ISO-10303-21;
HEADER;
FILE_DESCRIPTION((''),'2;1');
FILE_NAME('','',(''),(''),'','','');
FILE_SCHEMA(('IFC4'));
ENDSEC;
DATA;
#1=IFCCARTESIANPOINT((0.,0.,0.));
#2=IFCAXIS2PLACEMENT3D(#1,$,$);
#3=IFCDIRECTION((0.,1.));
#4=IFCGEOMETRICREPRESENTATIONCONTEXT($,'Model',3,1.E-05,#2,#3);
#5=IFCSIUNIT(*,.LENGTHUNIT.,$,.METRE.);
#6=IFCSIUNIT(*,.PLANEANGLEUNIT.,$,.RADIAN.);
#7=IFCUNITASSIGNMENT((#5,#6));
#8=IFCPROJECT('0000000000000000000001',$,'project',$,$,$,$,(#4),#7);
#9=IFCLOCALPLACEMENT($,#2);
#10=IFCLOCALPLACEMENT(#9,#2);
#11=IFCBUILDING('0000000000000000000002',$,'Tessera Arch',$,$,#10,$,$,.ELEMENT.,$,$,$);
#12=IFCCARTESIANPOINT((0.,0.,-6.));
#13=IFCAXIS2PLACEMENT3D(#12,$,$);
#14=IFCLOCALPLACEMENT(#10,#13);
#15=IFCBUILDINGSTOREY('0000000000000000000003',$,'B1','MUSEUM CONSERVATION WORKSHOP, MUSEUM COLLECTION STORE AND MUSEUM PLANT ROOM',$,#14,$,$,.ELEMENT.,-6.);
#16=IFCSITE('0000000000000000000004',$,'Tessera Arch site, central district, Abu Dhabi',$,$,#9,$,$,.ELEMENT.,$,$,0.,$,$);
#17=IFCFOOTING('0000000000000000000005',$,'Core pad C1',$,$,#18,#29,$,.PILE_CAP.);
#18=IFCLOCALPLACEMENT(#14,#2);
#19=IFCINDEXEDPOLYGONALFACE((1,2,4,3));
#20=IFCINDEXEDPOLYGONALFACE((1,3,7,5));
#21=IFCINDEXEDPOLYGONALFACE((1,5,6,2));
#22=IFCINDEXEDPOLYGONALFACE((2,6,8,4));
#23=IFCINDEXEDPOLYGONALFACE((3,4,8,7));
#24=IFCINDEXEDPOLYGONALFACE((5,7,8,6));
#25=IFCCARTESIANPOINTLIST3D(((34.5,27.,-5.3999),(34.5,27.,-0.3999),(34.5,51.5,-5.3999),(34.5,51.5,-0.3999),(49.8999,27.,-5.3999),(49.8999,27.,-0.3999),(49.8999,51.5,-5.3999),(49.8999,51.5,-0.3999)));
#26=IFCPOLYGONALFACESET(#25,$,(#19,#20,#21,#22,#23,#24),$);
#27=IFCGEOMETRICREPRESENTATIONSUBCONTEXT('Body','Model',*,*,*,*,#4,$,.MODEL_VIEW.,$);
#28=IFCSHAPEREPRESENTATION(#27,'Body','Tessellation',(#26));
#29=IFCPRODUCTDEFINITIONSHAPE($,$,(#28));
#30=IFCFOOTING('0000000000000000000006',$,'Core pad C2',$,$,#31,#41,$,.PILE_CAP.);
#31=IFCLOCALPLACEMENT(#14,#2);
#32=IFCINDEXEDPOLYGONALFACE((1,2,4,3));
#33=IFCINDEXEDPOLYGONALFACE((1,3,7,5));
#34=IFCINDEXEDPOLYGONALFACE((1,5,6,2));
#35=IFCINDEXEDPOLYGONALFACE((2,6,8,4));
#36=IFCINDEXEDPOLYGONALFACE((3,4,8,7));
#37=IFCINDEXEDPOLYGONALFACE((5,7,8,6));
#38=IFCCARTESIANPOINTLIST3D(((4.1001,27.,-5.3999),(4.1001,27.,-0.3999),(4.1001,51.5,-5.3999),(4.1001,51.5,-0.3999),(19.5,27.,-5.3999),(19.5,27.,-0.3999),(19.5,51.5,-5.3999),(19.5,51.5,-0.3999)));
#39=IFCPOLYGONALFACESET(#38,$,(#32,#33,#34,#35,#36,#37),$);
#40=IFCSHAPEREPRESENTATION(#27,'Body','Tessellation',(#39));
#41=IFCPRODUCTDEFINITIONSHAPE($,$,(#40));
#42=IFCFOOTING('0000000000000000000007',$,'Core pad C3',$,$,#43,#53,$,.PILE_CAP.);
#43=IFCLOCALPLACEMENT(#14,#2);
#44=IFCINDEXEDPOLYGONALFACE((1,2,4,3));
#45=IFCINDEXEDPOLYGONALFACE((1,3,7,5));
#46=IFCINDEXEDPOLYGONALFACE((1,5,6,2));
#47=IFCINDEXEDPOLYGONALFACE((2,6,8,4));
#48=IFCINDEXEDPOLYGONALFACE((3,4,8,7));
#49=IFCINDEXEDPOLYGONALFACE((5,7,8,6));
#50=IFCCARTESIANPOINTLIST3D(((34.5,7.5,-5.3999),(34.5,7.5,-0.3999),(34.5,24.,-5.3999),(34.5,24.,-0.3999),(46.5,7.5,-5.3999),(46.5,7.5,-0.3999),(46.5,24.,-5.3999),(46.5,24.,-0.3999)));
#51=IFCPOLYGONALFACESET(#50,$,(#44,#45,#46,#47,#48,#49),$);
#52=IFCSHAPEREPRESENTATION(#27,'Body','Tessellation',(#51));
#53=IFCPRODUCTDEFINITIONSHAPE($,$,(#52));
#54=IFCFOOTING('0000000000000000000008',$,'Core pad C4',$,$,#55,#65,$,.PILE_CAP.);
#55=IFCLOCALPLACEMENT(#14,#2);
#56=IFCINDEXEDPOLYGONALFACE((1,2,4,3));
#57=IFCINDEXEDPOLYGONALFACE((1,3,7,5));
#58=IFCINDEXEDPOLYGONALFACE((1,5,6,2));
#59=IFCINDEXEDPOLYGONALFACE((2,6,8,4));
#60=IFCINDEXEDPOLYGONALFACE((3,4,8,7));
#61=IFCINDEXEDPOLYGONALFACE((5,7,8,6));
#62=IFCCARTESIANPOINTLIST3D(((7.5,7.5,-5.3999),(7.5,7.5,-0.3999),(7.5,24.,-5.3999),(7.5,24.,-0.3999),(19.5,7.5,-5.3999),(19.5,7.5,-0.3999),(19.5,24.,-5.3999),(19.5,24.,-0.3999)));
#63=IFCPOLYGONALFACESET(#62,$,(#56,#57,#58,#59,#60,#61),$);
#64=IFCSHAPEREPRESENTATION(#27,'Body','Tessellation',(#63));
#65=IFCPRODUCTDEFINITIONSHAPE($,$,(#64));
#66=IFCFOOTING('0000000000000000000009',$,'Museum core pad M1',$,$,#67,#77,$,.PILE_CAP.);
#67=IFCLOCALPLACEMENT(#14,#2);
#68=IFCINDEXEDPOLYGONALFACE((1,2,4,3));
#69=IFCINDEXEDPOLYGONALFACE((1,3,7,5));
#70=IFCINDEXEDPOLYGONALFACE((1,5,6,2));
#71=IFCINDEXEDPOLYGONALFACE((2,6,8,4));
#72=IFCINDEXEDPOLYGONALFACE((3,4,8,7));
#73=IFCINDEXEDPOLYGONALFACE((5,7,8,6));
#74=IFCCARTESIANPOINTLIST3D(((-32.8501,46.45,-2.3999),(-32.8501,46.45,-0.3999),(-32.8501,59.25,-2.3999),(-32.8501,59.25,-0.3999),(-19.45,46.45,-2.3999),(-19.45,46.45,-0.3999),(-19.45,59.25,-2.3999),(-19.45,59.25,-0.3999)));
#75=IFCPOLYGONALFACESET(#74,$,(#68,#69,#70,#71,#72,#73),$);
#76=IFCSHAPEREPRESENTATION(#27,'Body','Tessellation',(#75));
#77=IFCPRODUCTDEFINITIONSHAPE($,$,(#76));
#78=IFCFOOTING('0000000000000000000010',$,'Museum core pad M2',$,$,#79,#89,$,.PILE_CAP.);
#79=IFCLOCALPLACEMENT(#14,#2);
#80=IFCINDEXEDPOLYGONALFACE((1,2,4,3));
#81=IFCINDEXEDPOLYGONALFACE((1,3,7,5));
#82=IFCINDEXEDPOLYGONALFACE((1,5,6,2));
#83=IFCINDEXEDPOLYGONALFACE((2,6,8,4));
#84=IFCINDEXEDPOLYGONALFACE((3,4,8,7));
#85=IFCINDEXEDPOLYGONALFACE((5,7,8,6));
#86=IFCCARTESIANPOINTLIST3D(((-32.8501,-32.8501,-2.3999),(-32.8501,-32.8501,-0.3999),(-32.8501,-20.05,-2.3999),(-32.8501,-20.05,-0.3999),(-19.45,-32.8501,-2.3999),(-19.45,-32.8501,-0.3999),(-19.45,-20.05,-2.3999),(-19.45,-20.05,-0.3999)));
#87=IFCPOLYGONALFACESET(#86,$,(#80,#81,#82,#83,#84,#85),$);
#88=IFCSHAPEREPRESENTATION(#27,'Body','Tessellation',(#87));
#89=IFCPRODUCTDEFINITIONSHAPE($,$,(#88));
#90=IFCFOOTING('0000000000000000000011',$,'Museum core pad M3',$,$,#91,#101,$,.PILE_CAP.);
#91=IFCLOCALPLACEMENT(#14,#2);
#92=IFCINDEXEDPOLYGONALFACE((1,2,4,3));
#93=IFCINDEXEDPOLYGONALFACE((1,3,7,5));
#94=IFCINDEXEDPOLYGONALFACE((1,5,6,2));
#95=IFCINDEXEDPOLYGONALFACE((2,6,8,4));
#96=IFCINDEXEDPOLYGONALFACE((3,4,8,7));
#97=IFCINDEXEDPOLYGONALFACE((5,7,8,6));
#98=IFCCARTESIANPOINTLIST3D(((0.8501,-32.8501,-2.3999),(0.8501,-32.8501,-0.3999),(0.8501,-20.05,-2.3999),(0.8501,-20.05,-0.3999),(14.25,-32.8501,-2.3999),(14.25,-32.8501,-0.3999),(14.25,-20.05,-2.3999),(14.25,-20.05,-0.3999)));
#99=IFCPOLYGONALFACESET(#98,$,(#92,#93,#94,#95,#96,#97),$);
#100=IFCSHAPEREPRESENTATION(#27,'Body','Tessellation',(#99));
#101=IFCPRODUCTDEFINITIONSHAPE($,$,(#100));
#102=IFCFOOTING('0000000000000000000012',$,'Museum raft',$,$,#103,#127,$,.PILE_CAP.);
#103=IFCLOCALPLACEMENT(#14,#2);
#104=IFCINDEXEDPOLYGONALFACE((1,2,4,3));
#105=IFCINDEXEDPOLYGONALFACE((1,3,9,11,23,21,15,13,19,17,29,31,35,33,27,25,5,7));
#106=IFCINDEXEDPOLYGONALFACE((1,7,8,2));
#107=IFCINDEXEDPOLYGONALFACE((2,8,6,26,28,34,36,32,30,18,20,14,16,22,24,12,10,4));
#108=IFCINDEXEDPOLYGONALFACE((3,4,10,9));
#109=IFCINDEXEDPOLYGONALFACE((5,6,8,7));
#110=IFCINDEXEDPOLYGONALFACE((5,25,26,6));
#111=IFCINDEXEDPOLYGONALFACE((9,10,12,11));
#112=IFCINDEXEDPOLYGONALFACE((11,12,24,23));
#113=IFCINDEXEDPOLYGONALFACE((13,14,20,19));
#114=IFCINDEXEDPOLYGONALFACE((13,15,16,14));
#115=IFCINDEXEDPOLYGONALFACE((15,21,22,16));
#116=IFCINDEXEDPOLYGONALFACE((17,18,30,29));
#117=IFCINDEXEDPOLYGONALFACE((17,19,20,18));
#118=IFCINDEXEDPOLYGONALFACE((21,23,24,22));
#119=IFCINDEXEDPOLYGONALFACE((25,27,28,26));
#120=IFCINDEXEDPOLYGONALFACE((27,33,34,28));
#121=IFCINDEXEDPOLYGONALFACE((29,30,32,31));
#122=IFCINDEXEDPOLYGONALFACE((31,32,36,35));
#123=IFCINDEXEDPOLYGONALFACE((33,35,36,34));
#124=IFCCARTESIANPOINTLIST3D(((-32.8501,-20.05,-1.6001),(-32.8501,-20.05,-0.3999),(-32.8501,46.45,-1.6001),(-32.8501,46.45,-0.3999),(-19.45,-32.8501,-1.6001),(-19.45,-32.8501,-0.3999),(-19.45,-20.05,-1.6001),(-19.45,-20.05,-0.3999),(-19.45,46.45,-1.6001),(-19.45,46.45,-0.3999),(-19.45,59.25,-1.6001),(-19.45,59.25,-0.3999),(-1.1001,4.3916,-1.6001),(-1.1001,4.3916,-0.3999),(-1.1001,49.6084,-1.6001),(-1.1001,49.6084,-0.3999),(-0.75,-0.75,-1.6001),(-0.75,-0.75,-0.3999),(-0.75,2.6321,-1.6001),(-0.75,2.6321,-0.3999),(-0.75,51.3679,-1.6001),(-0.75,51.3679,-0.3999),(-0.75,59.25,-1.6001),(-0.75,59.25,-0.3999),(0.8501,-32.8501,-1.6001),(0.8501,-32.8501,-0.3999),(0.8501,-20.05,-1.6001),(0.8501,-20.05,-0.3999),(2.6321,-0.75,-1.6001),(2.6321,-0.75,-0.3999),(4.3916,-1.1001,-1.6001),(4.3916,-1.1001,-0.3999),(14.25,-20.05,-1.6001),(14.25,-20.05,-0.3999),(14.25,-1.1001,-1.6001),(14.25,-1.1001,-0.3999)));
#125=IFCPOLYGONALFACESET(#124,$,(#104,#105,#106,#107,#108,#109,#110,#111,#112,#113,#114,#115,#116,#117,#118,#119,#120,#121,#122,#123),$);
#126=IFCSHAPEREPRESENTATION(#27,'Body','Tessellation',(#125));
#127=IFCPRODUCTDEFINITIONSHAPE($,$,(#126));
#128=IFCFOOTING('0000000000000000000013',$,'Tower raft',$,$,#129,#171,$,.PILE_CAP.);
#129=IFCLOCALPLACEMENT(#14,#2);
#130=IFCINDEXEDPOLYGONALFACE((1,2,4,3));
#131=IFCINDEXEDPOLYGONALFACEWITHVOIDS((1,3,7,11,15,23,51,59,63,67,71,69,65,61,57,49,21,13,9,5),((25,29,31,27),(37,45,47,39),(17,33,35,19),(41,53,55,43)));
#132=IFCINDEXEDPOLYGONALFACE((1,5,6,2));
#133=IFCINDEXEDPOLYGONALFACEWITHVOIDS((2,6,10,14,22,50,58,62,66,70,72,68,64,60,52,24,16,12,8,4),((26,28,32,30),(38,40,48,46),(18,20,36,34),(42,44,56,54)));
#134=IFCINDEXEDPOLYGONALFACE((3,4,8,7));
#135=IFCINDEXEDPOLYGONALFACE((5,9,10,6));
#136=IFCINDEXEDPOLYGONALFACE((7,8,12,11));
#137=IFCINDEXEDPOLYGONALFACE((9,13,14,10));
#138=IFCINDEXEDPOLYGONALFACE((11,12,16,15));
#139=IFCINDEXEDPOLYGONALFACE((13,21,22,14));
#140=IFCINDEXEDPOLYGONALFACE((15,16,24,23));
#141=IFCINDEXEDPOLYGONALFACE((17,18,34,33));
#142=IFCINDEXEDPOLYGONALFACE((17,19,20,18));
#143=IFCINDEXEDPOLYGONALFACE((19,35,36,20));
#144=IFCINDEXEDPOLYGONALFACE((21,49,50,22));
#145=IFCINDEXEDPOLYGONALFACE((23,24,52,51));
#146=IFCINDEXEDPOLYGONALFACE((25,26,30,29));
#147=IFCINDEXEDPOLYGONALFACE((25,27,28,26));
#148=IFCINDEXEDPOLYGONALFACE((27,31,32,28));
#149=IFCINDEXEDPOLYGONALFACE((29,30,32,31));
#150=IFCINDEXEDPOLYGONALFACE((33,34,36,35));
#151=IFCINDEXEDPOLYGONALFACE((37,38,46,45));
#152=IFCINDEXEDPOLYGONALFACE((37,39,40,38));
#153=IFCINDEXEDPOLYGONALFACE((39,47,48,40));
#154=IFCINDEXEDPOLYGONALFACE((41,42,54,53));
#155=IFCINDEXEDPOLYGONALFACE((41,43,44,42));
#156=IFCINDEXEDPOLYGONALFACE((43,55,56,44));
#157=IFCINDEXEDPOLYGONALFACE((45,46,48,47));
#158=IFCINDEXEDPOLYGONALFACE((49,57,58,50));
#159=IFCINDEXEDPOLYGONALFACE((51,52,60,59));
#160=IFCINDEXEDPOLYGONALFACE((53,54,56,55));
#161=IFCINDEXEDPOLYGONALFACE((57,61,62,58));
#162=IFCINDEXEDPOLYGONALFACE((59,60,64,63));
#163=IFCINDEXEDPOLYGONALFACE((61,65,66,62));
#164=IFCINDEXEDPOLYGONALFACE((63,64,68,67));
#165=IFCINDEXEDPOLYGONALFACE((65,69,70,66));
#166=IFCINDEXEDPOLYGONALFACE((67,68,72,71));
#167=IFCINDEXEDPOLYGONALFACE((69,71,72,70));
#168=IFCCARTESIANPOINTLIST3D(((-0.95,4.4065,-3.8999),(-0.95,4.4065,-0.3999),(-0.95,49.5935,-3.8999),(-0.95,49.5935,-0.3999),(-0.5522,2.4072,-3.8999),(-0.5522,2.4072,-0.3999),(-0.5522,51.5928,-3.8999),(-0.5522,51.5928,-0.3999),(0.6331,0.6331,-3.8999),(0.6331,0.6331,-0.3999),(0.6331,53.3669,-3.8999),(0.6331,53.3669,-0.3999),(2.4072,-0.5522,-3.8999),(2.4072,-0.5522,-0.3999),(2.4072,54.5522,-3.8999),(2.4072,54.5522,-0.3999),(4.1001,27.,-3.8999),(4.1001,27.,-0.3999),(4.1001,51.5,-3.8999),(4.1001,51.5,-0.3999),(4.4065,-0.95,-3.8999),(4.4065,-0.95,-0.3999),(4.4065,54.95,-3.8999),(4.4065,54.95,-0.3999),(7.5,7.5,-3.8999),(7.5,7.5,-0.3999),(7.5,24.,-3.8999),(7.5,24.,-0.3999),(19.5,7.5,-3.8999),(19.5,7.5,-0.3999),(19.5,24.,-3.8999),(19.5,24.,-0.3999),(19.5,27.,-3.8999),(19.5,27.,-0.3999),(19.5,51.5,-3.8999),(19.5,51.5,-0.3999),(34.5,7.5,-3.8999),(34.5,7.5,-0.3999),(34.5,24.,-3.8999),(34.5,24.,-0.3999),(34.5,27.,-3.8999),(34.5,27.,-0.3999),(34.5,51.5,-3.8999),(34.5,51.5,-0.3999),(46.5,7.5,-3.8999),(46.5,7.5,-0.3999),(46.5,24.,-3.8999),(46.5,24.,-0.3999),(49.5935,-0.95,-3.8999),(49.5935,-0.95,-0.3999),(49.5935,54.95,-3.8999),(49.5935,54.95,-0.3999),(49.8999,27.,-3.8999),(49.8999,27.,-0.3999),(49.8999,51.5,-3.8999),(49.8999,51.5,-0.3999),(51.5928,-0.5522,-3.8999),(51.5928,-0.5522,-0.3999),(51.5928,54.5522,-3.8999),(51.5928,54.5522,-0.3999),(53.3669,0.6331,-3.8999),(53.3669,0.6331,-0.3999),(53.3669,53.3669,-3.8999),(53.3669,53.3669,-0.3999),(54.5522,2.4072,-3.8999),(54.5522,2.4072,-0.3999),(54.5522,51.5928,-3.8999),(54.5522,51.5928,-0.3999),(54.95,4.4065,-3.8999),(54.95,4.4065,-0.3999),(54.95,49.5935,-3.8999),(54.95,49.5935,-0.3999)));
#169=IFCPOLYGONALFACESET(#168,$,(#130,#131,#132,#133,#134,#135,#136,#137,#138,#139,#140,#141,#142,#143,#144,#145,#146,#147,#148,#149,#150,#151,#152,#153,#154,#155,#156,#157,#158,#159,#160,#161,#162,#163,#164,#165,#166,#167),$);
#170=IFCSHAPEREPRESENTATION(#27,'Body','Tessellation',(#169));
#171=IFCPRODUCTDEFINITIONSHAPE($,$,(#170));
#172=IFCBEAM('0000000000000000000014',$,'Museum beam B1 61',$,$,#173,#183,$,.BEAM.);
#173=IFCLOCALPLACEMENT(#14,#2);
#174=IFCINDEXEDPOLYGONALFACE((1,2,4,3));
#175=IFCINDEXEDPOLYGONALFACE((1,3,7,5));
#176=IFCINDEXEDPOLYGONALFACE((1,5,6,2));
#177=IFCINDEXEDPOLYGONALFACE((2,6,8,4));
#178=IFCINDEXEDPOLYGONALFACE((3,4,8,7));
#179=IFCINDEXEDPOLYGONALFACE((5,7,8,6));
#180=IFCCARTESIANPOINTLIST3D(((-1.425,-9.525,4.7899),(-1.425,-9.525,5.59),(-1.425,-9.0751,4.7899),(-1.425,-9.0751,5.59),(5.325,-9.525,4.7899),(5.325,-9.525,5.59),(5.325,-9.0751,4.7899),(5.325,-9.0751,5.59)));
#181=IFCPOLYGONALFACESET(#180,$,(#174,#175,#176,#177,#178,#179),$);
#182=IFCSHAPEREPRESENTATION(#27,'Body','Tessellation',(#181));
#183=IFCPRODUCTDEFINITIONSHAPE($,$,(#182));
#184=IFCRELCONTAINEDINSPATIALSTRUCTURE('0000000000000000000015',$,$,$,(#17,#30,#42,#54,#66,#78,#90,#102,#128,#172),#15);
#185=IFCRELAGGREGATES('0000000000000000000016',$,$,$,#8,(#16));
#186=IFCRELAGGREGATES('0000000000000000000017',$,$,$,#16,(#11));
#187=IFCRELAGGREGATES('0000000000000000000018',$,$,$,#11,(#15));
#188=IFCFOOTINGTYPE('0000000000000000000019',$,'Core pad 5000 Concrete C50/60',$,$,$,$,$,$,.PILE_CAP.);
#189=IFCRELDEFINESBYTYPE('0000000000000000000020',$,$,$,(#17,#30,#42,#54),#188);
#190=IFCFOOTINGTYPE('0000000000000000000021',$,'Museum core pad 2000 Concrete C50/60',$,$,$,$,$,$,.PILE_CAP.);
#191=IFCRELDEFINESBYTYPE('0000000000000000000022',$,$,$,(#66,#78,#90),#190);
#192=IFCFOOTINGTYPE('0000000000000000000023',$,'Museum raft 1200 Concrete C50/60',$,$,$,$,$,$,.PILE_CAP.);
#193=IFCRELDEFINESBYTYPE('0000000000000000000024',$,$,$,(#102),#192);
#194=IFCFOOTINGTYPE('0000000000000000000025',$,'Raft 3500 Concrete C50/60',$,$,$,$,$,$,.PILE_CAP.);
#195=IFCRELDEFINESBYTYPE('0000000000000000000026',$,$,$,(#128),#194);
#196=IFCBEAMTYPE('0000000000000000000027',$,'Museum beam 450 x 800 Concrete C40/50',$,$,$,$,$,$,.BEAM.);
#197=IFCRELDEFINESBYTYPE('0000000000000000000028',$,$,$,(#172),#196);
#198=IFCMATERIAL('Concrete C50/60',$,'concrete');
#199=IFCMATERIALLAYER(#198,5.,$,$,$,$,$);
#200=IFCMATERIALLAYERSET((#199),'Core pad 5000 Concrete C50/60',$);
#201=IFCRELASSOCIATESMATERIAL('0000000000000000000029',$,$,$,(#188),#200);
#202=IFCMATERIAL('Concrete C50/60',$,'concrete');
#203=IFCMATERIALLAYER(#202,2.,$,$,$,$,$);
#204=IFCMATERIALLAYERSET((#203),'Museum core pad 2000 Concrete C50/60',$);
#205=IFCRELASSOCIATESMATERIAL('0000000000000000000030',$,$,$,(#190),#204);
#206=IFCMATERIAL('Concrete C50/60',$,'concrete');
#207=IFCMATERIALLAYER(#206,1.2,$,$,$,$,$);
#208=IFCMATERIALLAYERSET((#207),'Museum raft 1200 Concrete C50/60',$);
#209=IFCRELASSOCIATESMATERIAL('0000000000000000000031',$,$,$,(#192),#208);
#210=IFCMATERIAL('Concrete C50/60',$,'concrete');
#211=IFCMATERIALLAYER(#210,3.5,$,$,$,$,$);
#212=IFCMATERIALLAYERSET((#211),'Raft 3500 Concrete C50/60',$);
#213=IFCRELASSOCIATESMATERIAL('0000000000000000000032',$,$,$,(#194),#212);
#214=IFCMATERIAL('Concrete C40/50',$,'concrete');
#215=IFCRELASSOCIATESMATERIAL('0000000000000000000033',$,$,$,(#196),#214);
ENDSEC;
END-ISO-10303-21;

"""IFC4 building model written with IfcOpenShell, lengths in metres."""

from ifc_helpers import new_model, si_unit, direction, frame, origin, origin_2d, place, context, subcontext, project, spatial, polyline, rectangle, outline, extrude, material, layer, layer_set, material_profile, profile_set, type_object, element, save


model = new_model("IFC4")

# Units and contexts
model_context = context("Model", 3, precision=1e-05, world=origin(), true_north=direction((0.0, 1.0)))
body_context = subcontext(model_context, "Body", "Model", "MODEL_VIEW")
ifc_project = project(units=[si_unit("LENGTHUNIT", "METRE"), si_unit("PLANEANGLEUNIT", "RADIAN")], contexts=[model_context])

# Site, building, storey
site_placement = place(None, origin())
site = spatial("IfcSite", under=ifc_project, at=site_placement, Name="Tessera Arch site, central district, Abu Dhabi", CompositionType="ELEMENT", RefElevation=0.0)
building_placement = place(site_placement, origin())
building = spatial("IfcBuilding", under=site, at=building_placement, Name="Tessera Arch", CompositionType="ELEMENT")
storey_placement = place(building_placement, frame((0.0, 0.0, -6.0)))
storey = spatial("IfcBuildingStorey", under=building, at=storey_placement, Name="B1", Description="MUSEUM CONSERVATION WORKSHOP, MUSEUM COLLECTION STORE AND MUSEUM PLANT ROOM", CompositionType="ELEMENT", Elevation=-6.0)

# Footings
ifc_material_1 = material(Name="Concrete C50/60", Category="concrete")
ifc_layer_1 = layer(ifc_material_1, 5.0)
ifc_layer_set_1 = layer_set([ifc_layer_1], Name="Core pad 5000 Concrete C50/60")
footing_type_1 = type_object("IfcFootingType", Name="Core pad 5000 Concrete C50/60", PredefinedType="PILE_CAP", material=ifc_layer_set_1)
footing_1_placement = place(storey_placement, frame((0.0, 0.0, -5.3999)))
element("IfcFooting", 1, at=footing_1_placement, inside=storey, type_object=footing_type_1, Name="Core pad C1", PredefinedType="PILE_CAP", context=body_context, shape_type="SweptSolid", body=[
    extrude(outline(polyline([(34.5, 27.0), (34.5, 51.5), (49.8999, 51.5), (49.8999, 27.0), (34.5, 27.0)])), origin(), (0.0, 0.0, 1.0), 5.0),
])
footing_2_placement = place(storey_placement, frame((0.0, 0.0, -5.3999)))
element("IfcFooting", 2, at=footing_2_placement, inside=storey, type_object=footing_type_1, Name="Core pad C2", PredefinedType="PILE_CAP", context=body_context, shape_type="SweptSolid", body=[
    extrude(outline(polyline([(4.1001, 27.0), (4.1001, 51.5), (19.5, 51.5), (19.5, 27.0), (4.1001, 27.0)])), origin(), (0.0, 0.0, 1.0), 5.0),
])
footing_3_placement = place(storey_placement, frame((0.0, 0.0, -5.3999)))
element("IfcFooting", 3, at=footing_3_placement, inside=storey, type_object=footing_type_1, Name="Core pad C3", PredefinedType="PILE_CAP", context=body_context, shape_type="SweptSolid", body=[
    extrude(outline(polyline([(34.5, 7.5), (34.5, 24.0), (46.5, 24.0), (46.5, 7.5), (34.5, 7.5)])), origin(), (0.0, 0.0, 1.0), 5.0),
])
footing_4_placement = place(storey_placement, frame((0.0, 0.0, -5.3999)))
element("IfcFooting", 4, at=footing_4_placement, inside=storey, type_object=footing_type_1, Name="Core pad C4", PredefinedType="PILE_CAP", context=body_context, shape_type="SweptSolid", body=[
    extrude(outline(polyline([(7.5, 7.5), (7.5, 24.0), (19.5, 24.0), (19.5, 7.5), (7.5, 7.5)])), origin(), (0.0, 0.0, 1.0), 5.0),
])
ifc_material_2 = material(Name="Concrete C50/60", Category="concrete")
ifc_layer_2 = layer(ifc_material_2, 2.0)
ifc_layer_set_2 = layer_set([ifc_layer_2], Name="Museum core pad 2000 Concrete C50/60")
footing_type_2 = type_object("IfcFootingType", Name="Museum core pad 2000 Concrete C50/60", PredefinedType="PILE_CAP", material=ifc_layer_set_2)
footing_5_placement = place(storey_placement, frame((0.0, 0.0, -2.3999)))
element("IfcFooting", 5, at=footing_5_placement, inside=storey, type_object=footing_type_2, Name="Museum core pad M1", PredefinedType="PILE_CAP", context=body_context, shape_type="SweptSolid", body=[
    extrude(outline(polyline([(-32.8501, 46.45), (-32.8501, 59.25), (-19.45, 59.25), (-19.45, 46.45), (-32.8501, 46.45)])), origin(), (0.0, 0.0, 1.0), 2.0),
])
footing_6_placement = place(storey_placement, frame((0.0, 0.0, -2.3999)))
element("IfcFooting", 6, at=footing_6_placement, inside=storey, type_object=footing_type_2, Name="Museum core pad M2", PredefinedType="PILE_CAP", context=body_context, shape_type="SweptSolid", body=[
    extrude(outline(polyline([(-19.45, -20.05), (-19.45, -32.8501), (-32.8501, -32.8501), (-32.8501, -20.05), (-19.45, -20.05)])), origin(), (0.0, 0.0, 1.0), 2.0),
])
footing_7_placement = place(storey_placement, frame((0.0, 0.0, -2.3999)))
element("IfcFooting", 7, at=footing_7_placement, inside=storey, type_object=footing_type_2, Name="Museum core pad M3", PredefinedType="PILE_CAP", context=body_context, shape_type="SweptSolid", body=[
    extrude(outline(polyline([(0.8501, -20.05), (14.25, -20.05), (14.25, -32.8501), (0.8501, -32.8501), (0.8501, -20.05)])), origin(), (0.0, 0.0, 1.0), 2.0),
])
ifc_material_3 = material(Name="Concrete C50/60", Category="concrete")
ifc_layer_3 = layer(ifc_material_3, 1.2)
ifc_layer_set_3 = layer_set([ifc_layer_3], Name="Museum raft 1200 Concrete C50/60")
footing_type_3 = type_object("IfcFootingType", Name="Museum raft 1200 Concrete C50/60", PredefinedType="PILE_CAP", material=ifc_layer_set_3)
footing_8_placement = place(storey_placement, frame((0.0, 0.0, -1.6001)))
element("IfcFooting", 8, at=footing_8_placement, inside=storey, type_object=footing_type_3, Name="Museum raft", PredefinedType="PILE_CAP", context=body_context, shape_type="SweptSolid", body=[
    extrude(outline(polyline([(-0.75, 59.25), (-0.75, 51.3679), (-1.1001, 49.6084), (-1.1001, 4.3916), (-0.75, 2.6321), (-0.75, -0.75), (2.6321, -0.75), (4.3916, -1.1001), (14.25, -1.1001), (14.25, -20.05), (0.8501, -20.05), (0.8501, -32.8501), (-19.45, -32.8501), (-19.45, -20.05), (-32.8501, -20.05), (-32.8501, 46.45), (-19.45, 46.45), (-19.45, 59.25), (-0.75, 59.25)])), origin(), (0.0, 0.0, 1.0), 1.2002),
])
ifc_material_4 = material(Name="Concrete C50/60", Category="concrete")
ifc_layer_4 = layer(ifc_material_4, 3.5)
ifc_layer_set_4 = layer_set([ifc_layer_4], Name="Raft 3500 Concrete C50/60")
footing_type_4 = type_object("IfcFootingType", Name="Raft 3500 Concrete C50/60", PredefinedType="PILE_CAP", material=ifc_layer_set_4)
footing_9_placement = place(storey_placement, frame((0.0, 0.0, -3.8999)))
element("IfcFooting", 9, at=footing_9_placement, inside=storey, type_object=footing_type_4, Name="Tower raft", PredefinedType="PILE_CAP", context=body_context, shape_type="SweptSolid", body=[
    extrude(outline(polyline([(54.5522, 2.4072), (53.3669, 0.6331), (51.5928, -0.5522), (49.5935, -0.95), (4.4065, -0.95), (2.4072, -0.5522), (0.6331, 0.6331), (-0.5522, 2.4072), (-0.95, 4.4065), (-0.95, 49.5935), (-0.5522, 51.5928), (0.6331, 53.3669), (2.4072, 54.5522), (4.4065, 54.95), (49.5935, 54.95), (51.5928, 54.5522), (53.3669, 53.3669), (54.5522, 51.5928), (54.95, 49.5935), (54.95, 4.4065), (54.5522, 2.4072)]), holes=[polyline([(7.5, 24.0), (7.5, 7.5), (19.5, 7.5), (19.5, 24.0), (7.5, 24.0)]), polyline([(34.5, 24.0), (34.5, 7.5), (46.5, 7.5), (46.5, 24.0), (34.5, 24.0)]), polyline([(4.1001, 51.5), (4.1001, 27.0), (19.5, 27.0), (19.5, 51.5), (4.1001, 51.5)]), polyline([(34.5, 51.5), (34.5, 27.0), (49.8999, 27.0), (49.8999, 51.5), (34.5, 51.5)])]), origin(), (0.0, 0.0, 1.0), 3.5),
])

# Beam
ifc_material_5 = material(Name="Concrete C40/50", Category="concrete")
ifc_material_profile = material_profile(ifc_material_5, rectangle(XDim=0.45, YDim=0.8, at=origin_2d()), Name="Museum beam 450 x 800 Concrete C40/50")
ifc_profile_set = profile_set([ifc_material_profile], Name="Concrete C40/50")
beam_type = type_object("IfcBeamType", Name="Museum beam 450 x 800 Concrete C40/50", PredefinedType="BEAM", material=ifc_profile_set)
for number, where, z_axis, x_axis, name in (
    (10, (-1.425, -9.3, 5.1899), (1.0, 0.0, 0.0), (0.0, 1.0, 0.0), "Museum beam B1 61"),
):
    element("IfcBeam", number, at=place(storey_placement, frame(where, z_axis=z_axis, x_axis=x_axis)), inside=storey, type_object=beam_type, Name=name, PredefinedType="BEAM", context=body_context, shape_type="SweptSolid", body=[
        extrude(rectangle(XDim=0.45, YDim=0.8, at=origin_2d()), origin(), (0.0, 0.0, 1.0), 6.75),
    ])

save(model, "model.ifc")
